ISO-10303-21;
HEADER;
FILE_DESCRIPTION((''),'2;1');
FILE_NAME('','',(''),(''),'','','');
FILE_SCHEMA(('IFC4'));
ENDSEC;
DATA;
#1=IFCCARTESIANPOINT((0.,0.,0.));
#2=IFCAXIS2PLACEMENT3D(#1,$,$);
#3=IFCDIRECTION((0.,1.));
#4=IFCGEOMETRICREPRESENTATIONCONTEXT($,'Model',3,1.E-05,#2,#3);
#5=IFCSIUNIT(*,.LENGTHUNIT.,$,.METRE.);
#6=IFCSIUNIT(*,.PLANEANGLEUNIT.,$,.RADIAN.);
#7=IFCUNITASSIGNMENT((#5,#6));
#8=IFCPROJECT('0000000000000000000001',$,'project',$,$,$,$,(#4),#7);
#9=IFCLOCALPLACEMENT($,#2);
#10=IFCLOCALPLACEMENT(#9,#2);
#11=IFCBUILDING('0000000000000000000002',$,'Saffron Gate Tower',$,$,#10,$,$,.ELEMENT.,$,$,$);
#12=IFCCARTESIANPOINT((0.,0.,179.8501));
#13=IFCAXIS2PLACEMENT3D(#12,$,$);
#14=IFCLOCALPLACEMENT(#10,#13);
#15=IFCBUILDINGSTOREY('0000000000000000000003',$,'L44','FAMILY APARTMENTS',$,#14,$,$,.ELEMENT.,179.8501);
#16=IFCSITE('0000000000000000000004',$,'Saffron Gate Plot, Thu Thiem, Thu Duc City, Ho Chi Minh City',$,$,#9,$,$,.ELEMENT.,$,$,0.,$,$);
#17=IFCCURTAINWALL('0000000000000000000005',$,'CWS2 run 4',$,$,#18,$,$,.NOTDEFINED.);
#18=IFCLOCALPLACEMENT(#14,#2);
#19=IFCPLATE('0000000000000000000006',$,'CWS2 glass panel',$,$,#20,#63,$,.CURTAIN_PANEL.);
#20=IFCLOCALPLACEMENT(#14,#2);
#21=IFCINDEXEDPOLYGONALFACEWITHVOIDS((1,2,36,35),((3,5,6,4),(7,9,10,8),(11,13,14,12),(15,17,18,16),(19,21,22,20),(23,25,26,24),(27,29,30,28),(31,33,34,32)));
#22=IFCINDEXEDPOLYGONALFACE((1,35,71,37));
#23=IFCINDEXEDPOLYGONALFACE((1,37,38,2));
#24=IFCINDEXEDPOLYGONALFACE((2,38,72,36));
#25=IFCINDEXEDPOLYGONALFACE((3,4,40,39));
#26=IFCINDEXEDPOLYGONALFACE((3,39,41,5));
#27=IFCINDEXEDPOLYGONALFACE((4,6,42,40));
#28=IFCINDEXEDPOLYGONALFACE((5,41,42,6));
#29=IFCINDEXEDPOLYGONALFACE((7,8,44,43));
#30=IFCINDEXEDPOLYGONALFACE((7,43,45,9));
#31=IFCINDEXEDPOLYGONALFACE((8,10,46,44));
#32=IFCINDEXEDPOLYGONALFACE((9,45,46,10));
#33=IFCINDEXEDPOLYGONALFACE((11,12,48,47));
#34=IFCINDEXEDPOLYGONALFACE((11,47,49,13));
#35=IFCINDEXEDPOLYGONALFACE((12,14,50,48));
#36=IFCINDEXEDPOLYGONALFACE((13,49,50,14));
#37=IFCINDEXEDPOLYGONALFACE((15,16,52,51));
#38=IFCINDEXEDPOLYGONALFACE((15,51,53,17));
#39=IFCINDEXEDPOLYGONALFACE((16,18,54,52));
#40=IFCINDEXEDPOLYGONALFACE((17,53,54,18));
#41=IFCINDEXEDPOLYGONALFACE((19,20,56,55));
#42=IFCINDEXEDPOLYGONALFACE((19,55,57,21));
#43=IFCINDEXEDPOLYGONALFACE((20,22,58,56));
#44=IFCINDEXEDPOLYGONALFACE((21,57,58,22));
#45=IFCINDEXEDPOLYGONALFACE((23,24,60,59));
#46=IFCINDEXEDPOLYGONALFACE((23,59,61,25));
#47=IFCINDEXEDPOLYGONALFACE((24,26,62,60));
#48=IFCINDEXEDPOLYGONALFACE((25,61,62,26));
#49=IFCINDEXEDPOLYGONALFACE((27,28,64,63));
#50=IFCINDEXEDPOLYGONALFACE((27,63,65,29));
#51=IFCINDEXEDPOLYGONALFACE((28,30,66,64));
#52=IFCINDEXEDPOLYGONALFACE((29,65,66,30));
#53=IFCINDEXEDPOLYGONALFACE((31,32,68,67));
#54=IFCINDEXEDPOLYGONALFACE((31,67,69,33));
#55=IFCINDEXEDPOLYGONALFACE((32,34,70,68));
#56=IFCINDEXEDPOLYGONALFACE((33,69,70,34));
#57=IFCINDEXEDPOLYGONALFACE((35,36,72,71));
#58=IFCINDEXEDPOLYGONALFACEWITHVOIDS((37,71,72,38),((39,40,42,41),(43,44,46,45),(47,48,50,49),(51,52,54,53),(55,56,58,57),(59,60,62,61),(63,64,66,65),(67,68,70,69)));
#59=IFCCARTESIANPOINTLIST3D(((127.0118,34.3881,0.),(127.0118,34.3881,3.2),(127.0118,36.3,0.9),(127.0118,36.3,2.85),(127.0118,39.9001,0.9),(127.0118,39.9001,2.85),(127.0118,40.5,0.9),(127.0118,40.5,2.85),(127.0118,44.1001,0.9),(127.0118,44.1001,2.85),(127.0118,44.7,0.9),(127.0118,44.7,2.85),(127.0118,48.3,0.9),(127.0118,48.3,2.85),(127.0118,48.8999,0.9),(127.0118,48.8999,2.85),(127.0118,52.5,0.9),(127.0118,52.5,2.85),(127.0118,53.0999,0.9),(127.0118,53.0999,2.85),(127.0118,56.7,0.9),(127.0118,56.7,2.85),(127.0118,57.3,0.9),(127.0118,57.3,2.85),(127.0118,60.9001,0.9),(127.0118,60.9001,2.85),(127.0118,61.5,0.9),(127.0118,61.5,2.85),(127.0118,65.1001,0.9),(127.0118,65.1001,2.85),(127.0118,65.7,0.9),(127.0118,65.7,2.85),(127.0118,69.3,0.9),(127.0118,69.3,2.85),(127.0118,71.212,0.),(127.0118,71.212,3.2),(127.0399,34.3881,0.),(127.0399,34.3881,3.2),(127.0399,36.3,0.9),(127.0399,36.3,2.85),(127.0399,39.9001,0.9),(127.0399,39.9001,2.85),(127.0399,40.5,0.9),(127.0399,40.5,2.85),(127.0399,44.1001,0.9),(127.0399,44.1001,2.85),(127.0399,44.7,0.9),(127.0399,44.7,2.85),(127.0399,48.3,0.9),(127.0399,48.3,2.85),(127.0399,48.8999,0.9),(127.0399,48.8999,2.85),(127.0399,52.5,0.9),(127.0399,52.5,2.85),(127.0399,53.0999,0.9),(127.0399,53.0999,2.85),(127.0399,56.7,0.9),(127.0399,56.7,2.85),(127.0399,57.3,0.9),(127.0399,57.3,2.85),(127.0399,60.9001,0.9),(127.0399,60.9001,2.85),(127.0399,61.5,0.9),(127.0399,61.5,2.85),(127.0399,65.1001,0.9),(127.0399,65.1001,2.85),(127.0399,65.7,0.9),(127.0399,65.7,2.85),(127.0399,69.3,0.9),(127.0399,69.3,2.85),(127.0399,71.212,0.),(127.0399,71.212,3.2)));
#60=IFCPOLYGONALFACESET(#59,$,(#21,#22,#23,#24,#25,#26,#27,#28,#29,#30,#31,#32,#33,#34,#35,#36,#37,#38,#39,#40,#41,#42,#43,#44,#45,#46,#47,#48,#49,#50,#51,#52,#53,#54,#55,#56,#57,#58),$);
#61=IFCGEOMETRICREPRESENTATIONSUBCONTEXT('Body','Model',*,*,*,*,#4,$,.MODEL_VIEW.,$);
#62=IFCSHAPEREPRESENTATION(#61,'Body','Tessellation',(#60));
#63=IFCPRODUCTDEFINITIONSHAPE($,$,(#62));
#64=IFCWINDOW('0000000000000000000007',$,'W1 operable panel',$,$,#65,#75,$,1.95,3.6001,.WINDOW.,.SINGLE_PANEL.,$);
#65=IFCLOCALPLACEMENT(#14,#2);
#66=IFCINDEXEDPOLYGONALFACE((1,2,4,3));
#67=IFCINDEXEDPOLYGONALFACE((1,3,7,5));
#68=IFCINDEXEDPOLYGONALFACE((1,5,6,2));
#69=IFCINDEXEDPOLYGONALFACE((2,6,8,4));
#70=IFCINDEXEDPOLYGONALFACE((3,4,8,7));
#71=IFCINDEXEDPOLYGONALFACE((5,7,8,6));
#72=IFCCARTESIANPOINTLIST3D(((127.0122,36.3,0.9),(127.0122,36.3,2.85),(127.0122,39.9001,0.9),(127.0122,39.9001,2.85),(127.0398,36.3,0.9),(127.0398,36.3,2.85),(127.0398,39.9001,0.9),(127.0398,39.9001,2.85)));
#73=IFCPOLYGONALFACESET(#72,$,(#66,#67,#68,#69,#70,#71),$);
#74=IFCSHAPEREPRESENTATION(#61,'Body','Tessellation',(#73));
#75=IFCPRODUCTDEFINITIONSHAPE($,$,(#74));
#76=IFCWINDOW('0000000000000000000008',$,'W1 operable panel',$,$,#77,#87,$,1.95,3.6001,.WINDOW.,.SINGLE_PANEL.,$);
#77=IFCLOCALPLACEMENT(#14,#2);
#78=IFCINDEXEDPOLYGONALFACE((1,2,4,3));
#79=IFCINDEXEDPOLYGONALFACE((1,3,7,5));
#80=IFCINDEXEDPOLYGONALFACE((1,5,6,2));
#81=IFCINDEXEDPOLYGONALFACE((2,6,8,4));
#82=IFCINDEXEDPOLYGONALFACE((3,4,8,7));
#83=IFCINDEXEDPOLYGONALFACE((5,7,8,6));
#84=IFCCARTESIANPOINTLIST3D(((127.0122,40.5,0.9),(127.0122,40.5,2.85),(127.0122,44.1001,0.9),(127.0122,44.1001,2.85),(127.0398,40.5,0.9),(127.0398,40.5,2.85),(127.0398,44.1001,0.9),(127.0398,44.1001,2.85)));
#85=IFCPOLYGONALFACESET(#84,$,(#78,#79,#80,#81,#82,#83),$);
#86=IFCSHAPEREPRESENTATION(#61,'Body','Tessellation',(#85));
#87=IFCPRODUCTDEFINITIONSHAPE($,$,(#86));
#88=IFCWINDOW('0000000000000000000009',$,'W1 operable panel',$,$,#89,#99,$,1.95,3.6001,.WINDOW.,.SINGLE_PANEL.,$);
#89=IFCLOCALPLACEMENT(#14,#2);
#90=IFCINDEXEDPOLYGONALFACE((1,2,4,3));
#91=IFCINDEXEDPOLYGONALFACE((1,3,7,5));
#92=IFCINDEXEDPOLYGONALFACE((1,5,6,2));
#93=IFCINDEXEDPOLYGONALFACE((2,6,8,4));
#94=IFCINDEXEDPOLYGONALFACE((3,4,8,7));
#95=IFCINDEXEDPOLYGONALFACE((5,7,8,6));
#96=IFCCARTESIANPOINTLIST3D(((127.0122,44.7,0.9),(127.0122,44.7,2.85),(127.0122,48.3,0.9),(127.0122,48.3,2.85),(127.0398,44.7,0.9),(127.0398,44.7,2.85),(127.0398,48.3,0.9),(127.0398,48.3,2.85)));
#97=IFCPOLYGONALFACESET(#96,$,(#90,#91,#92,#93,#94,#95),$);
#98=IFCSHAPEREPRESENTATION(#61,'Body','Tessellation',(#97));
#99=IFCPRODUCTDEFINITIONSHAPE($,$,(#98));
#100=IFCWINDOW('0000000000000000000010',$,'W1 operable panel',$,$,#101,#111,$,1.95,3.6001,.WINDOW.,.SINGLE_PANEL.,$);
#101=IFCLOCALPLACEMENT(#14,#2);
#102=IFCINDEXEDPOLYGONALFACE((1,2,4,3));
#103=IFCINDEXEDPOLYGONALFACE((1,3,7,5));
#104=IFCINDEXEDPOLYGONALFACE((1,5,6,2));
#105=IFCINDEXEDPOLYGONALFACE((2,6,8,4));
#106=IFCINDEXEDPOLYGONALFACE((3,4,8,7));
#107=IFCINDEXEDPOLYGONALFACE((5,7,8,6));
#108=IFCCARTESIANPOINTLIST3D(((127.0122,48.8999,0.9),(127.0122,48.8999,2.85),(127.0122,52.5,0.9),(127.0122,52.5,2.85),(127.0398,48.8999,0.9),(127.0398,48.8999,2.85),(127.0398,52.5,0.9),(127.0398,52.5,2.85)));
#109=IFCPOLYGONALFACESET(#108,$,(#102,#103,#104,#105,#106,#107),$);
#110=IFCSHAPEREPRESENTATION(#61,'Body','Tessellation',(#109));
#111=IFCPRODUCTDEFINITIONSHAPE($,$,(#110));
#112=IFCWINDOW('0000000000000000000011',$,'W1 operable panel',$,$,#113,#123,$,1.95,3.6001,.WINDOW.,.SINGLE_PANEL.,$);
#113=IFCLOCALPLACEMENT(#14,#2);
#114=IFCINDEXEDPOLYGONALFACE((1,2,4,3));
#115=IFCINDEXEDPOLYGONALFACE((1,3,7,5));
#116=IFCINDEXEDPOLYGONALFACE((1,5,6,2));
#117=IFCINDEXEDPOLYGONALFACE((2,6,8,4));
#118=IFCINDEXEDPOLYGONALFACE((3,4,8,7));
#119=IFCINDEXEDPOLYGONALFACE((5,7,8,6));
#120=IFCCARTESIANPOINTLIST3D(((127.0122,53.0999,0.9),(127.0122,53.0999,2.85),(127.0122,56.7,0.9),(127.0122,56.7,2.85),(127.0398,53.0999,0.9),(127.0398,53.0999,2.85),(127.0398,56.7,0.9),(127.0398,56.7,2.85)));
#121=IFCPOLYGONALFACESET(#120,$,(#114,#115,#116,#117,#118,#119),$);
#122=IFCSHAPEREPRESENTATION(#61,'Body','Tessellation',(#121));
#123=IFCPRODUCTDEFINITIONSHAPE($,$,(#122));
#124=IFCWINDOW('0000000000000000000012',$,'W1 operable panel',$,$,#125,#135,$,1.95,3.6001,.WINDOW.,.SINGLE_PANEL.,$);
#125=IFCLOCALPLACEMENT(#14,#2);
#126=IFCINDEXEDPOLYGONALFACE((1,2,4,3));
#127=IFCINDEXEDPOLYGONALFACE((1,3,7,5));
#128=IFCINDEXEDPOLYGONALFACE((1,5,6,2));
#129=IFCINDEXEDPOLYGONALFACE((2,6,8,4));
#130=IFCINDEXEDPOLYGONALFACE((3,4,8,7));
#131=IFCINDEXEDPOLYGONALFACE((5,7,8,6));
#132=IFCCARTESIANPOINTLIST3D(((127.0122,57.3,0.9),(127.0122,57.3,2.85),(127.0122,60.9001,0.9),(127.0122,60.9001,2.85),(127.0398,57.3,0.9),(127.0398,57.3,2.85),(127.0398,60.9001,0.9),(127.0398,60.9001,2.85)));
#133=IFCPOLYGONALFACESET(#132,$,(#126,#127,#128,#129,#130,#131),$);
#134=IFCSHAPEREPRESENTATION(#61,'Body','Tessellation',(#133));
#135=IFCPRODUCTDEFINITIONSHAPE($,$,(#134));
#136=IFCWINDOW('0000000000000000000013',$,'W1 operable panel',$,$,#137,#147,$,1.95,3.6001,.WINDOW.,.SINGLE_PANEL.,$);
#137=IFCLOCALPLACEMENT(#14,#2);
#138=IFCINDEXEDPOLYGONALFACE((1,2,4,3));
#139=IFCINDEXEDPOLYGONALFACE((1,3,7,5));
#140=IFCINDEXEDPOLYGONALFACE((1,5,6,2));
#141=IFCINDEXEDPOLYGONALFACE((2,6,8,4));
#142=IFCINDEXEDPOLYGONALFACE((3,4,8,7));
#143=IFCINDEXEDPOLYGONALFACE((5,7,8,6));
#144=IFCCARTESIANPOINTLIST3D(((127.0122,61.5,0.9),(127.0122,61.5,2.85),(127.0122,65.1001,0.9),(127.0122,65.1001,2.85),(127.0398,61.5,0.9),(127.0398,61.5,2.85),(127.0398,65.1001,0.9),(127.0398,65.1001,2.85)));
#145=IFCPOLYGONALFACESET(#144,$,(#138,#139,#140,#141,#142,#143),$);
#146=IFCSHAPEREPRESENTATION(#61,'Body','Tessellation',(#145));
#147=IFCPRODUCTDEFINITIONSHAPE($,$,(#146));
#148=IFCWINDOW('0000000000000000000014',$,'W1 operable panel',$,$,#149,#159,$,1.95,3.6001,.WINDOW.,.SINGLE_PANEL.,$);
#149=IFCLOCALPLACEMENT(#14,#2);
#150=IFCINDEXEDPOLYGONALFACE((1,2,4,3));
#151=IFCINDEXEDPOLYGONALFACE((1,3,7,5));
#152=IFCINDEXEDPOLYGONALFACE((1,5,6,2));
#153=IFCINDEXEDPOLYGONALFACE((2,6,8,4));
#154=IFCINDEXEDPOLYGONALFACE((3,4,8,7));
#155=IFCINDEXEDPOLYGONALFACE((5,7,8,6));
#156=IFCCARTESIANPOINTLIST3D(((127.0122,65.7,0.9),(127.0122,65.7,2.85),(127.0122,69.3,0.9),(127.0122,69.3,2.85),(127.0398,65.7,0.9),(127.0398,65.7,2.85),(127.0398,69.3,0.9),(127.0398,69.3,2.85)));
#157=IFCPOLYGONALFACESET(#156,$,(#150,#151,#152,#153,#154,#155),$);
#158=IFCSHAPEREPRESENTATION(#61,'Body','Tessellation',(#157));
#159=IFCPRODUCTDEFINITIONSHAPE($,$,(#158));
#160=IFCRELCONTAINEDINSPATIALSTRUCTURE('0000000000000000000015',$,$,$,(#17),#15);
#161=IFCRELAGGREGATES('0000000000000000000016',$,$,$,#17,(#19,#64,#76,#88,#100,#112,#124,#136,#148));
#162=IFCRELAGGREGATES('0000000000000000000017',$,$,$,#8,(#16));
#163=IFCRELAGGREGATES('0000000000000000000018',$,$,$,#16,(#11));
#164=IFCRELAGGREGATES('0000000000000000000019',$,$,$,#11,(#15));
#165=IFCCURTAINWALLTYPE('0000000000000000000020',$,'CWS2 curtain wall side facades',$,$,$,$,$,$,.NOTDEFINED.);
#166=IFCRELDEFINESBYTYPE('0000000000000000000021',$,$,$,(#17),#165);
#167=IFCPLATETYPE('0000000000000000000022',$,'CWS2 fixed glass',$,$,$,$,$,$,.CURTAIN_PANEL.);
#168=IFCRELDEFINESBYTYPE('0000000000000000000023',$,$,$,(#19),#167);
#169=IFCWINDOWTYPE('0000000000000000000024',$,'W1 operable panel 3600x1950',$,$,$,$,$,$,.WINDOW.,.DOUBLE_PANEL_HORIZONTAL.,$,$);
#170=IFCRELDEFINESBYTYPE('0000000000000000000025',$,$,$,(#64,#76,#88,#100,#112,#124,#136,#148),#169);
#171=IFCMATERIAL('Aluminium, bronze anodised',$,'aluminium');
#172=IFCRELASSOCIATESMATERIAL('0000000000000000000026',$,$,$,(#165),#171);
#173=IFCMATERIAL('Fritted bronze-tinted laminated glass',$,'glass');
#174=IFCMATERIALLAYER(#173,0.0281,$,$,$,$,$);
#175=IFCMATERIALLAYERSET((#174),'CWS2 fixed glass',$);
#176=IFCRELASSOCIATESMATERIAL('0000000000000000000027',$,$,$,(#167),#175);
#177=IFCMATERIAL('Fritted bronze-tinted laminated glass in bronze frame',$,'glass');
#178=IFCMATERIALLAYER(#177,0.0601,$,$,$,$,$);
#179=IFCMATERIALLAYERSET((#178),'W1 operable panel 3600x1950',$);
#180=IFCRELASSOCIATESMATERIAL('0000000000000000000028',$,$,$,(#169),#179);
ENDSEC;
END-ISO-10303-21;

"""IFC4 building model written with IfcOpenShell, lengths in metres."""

from ifc_helpers import new_model, si_unit, direction, frame, frame_2d, origin, place, context, subcontext, project, spatial, rectangle, extrude, material, layer, layer_set, type_object, element, fill, aggregate, save


model = new_model("IFC4")

# Units and contexts
model_context = context("Model", 3, precision=1e-05, world=origin(), true_north=direction((0.0, 1.0)))
body_context = subcontext(model_context, "Body", "Model", "MODEL_VIEW")
ifc_project = project(units=[si_unit("LENGTHUNIT", "METRE"), si_unit("PLANEANGLEUNIT", "RADIAN")], contexts=[model_context])

# Site, building, storey
site_placement = place(None, origin())
site = spatial("IfcSite", under=ifc_project, at=site_placement, Name="Saffron Gate Plot, Thu Thiem, Thu Duc City, Ho Chi Minh City", CompositionType="ELEMENT", RefElevation=0.0)
building_placement = place(site_placement, origin())
building = spatial("IfcBuilding", under=site, at=building_placement, Name="Saffron Gate Tower", CompositionType="ELEMENT")
storey_placement = place(building_placement, frame((0.0, 0.0, 179.8501)))
storey = spatial("IfcBuildingStorey", under=building, at=storey_placement, Name="L44", Description="FAMILY APARTMENTS", CompositionType="ELEMENT", Elevation=179.8501)

# Curtain wall
ifc_material_1 = material(Name="Aluminium, bronze anodised", Category="aluminium")
curtain_wall_type_1 = type_object("IfcCurtainWallType", Name="CWS2 curtain wall side facades", PredefinedType="NOTDEFINED", material=ifc_material_1)
curtain_wall_1_placement = place(storey_placement, origin())
curtain_wall_1 = element("IfcCurtainWall", 1, at=curtain_wall_1_placement, inside=storey, type_object=curtain_wall_type_1, Name="CWS2 run 4", PredefinedType="NOTDEFINED")

# Plate, openings, windows
ifc_material_2 = material(Name="Fritted bronze-tinted laminated glass", Category="glass")
ifc_layer_1 = layer(ifc_material_2, 0.0281)
ifc_layer_set_1 = layer_set([ifc_layer_1], Name="CWS2 fixed glass")
plate_type = type_object("IfcPlateType", Name="CWS2 fixed glass", PredefinedType="CURTAIN_PANEL", material=ifc_layer_set_1)
plate_placement = place(storey_placement, frame((127.0259, 34.3879, 0.0), z_axis=(0.0, 0.0, 1.0), x_axis=(0.0, 1.0, 0.0)))
plate = element("IfcPlate", 2, at=plate_placement, type_object=plate_type, Name="CWS2 glass panel", PredefinedType="CURTAIN_PANEL", context=body_context, shape_type="SweptSolid", body=[
    extrude(rectangle(XDim=36.824, YDim=0.0281, at=frame_2d((18.4121, 0.0))), origin(), (0.0, 0.0, 1.0), 3.2),
])
opening_1_placement = place(plate_placement, frame((1.9121, 0.0, 0.8999)))
opening_1 = element("IfcOpeningElement", 3, at=opening_1_placement, cuts=plate, PredefinedType="OPENING", context=body_context, shape_type="SweptSolid", body=[
    extrude(rectangle(XDim=3.6001, YDim=1.95, at=frame_2d((1.8, 0.9751))), frame((0.0, 0.0239, 0.0), z_axis=(0.0, -1.0, 0.0), x_axis=(1.0, 0.0, 0.0)), (0.0, 0.0, 1.0), 0.0481),
])
opening_2_placement = place(plate_placement, frame((6.1121, 0.0, 0.8999)))
opening_2 = element("IfcOpeningElement", 4, at=opening_2_placement, cuts=plate, PredefinedType="OPENING", context=body_context, shape_type="SweptSolid", body=[
    extrude(rectangle(XDim=3.6001, YDim=1.95, at=frame_2d((1.8, 0.9751))), frame((0.0, 0.0239, 0.0), z_axis=(0.0, -1.0, 0.0), x_axis=(1.0, 0.0, 0.0)), (0.0, 0.0, 1.0), 0.0481),
])
opening_3_placement = place(plate_placement, frame((10.312, 0.0, 0.8999)))
opening_3 = element("IfcOpeningElement", 5, at=opening_3_placement, cuts=plate, PredefinedType="OPENING", context=body_context, shape_type="SweptSolid", body=[
    extrude(rectangle(XDim=3.6001, YDim=1.95, at=frame_2d((1.8, 0.9751))), frame((0.0, 0.0239, 0.0), z_axis=(0.0, -1.0, 0.0), x_axis=(1.0, 0.0, 0.0)), (0.0, 0.0, 1.0), 0.0481),
])
opening_4_placement = place(plate_placement, frame((14.512, 0.0, 0.8999)))
opening_4 = element("IfcOpeningElement", 6, at=opening_4_placement, cuts=plate, PredefinedType="OPENING", context=body_context, shape_type="SweptSolid", body=[
    extrude(rectangle(XDim=3.6001, YDim=1.95, at=frame_2d((1.8, 0.9751))), frame((0.0, 0.0239, 0.0), z_axis=(0.0, -1.0, 0.0), x_axis=(1.0, 0.0, 0.0)), (0.0, 0.0, 1.0), 0.0481),
])
opening_5_placement = place(plate_placement, frame((18.7119, 0.0, 0.8999)))
opening_5 = element("IfcOpeningElement", 7, at=opening_5_placement, cuts=plate, PredefinedType="OPENING", context=body_context, shape_type="SweptSolid", body=[
    extrude(rectangle(XDim=3.6001, YDim=1.95, at=frame_2d((1.8, 0.9751))), frame((0.0, 0.0239, 0.0), z_axis=(0.0, -1.0, 0.0), x_axis=(1.0, 0.0, 0.0)), (0.0, 0.0, 1.0), 0.0481),
])
opening_6_placement = place(plate_placement, frame((22.9121, 0.0, 0.8999)))
opening_6 = element("IfcOpeningElement", 8, at=opening_6_placement, cuts=plate, PredefinedType="OPENING", context=body_context, shape_type="SweptSolid", body=[
    extrude(rectangle(XDim=3.6001, YDim=1.95, at=frame_2d((1.8, 0.9751))), frame((0.0, 0.0239, 0.0), z_axis=(0.0, -1.0, 0.0), x_axis=(1.0, 0.0, 0.0)), (0.0, 0.0, 1.0), 0.0481),
])
opening_7_placement = place(plate_placement, frame((27.1121, 0.0, 0.8999)))
opening_7 = element("IfcOpeningElement", 9, at=opening_7_placement, cuts=plate, PredefinedType="OPENING", context=body_context, shape_type="SweptSolid", body=[
    extrude(rectangle(XDim=3.6001, YDim=1.95, at=frame_2d((1.8, 0.9751))), frame((0.0, 0.0239, 0.0), z_axis=(0.0, -1.0, 0.0), x_axis=(1.0, 0.0, 0.0)), (0.0, 0.0, 1.0), 0.0481),
])
opening_8_placement = place(plate_placement, frame((31.312, 0.0, 0.8999)))
opening_8 = element("IfcOpeningElement", 10, at=opening_8_placement, cuts=plate, PredefinedType="OPENING", context=body_context, shape_type="SweptSolid", body=[
    extrude(rectangle(XDim=3.6001, YDim=1.95, at=frame_2d((1.8, 0.9751))), frame((0.0, 0.0239, 0.0), z_axis=(0.0, -1.0, 0.0), x_axis=(1.0, 0.0, 0.0)), (0.0, 0.0, 1.0), 0.0481),
])
ifc_material_3 = material(Name="Fritted bronze-tinted laminated glass in bronze frame", Category="glass")
ifc_layer_2 = layer(ifc_material_3, 0.0601)
ifc_layer_set_2 = layer_set([ifc_layer_2], Name="W1 operable panel 3600x1950")
window_type = type_object("IfcWindowType", Name="W1 operable panel 3600x1950", PartitioningType="DOUBLE_PANEL_HORIZONTAL", PredefinedType="WINDOW", material=ifc_layer_set_2)
window_1_placement = place(opening_1_placement, origin())
window_1 = element("IfcWindow", 11, at=window_1_placement, type_object=window_type, Name="W1 operable panel", OverallHeight=1.95, OverallWidth=3.6001, PartitioningType="SINGLE_PANEL", PredefinedType="WINDOW", context=body_context, shape_type="SweptSolid", body=[
    extrude(rectangle(XDim=3.6001, YDim=1.95, at=frame_2d((1.8, 0.9751))), frame((0.0, 0.0137, 0.0), z_axis=(0.0, -1.0, 0.0), x_axis=(1.0, 0.0, 0.0)), (0.0, 0.0, 1.0), 0.0276),
])
fill(opening_1, window_1)
window_2_placement = place(opening_2_placement, origin())
window_2 = element("IfcWindow", 12, at=window_2_placement, type_object=window_type, Name="W1 operable panel", OverallHeight=1.95, OverallWidth=3.6001, PartitioningType="SINGLE_PANEL", PredefinedType="WINDOW", context=body_context, shape_type="SweptSolid", body=[
    extrude(rectangle(XDim=3.6001, YDim=1.95, at=frame_2d((1.8, 0.9751))), frame((0.0, 0.0137, 0.0), z_axis=(0.0, -1.0, 0.0), x_axis=(1.0, 0.0, 0.0)), (0.0, 0.0, 1.0), 0.0276),
])
fill(opening_2, window_2)
window_3_placement = place(opening_3_placement, origin())
window_3 = element("IfcWindow", 13, at=window_3_placement, type_object=window_type, Name="W1 operable panel", OverallHeight=1.95, OverallWidth=3.6001, PartitioningType="SINGLE_PANEL", PredefinedType="WINDOW", context=body_context, shape_type="SweptSolid", body=[
    extrude(rectangle(XDim=3.6001, YDim=1.95, at=frame_2d((1.8, 0.9751))), frame((0.0, 0.0137, 0.0), z_axis=(0.0, -1.0, 0.0), x_axis=(1.0, 0.0, 0.0)), (0.0, 0.0, 1.0), 0.0276),
])
fill(opening_3, window_3)
window_4_placement = place(opening_4_placement, origin())
window_4 = element("IfcWindow", 14, at=window_4_placement, type_object=window_type, Name="W1 operable panel", OverallHeight=1.95, OverallWidth=3.6001, PartitioningType="SINGLE_PANEL", PredefinedType="WINDOW", context=body_context, shape_type="SweptSolid", body=[
    extrude(rectangle(XDim=3.6001, YDim=1.95, at=frame_2d((1.8, 0.9751))), frame((0.0, 0.0137, 0.0), z_axis=(0.0, -1.0, 0.0), x_axis=(1.0, 0.0, 0.0)), (0.0, 0.0, 1.0), 0.0276),
])
fill(opening_4, window_4)
window_5_placement = place(opening_5_placement, origin())
window_5 = element("IfcWindow", 15, at=window_5_placement, type_object=window_type, Name="W1 operable panel", OverallHeight=1.95, OverallWidth=3.6001, PartitioningType="SINGLE_PANEL", PredefinedType="WINDOW", context=body_context, shape_type="SweptSolid", body=[
    extrude(rectangle(XDim=3.6001, YDim=1.95, at=frame_2d((1.8, 0.9751))), frame((0.0, 0.0137, 0.0), z_axis=(0.0, -1.0, 0.0), x_axis=(1.0, 0.0, 0.0)), (0.0, 0.0, 1.0), 0.0276),
])
fill(opening_5, window_5)
window_6_placement = place(opening_6_placement, origin())
window_6 = element("IfcWindow", 16, at=window_6_placement, type_object=window_type, Name="W1 operable panel", OverallHeight=1.95, OverallWidth=3.6001, PartitioningType="SINGLE_PANEL", PredefinedType="WINDOW", context=body_context, shape_type="SweptSolid", body=[
    extrude(rectangle(XDim=3.6001, YDim=1.95, at=frame_2d((1.8, 0.9751))), frame((0.0, 0.0137, 0.0), z_axis=(0.0, -1.0, 0.0), x_axis=(1.0, 0.0, 0.0)), (0.0, 0.0, 1.0), 0.0276),
])
fill(opening_6, window_6)
window_7_placement = place(opening_7_placement, origin())
window_7 = element("IfcWindow", 17, at=window_7_placement, type_object=window_type, Name="W1 operable panel", OverallHeight=1.95, OverallWidth=3.6001, PartitioningType="SINGLE_PANEL", PredefinedType="WINDOW", context=body_context, shape_type="SweptSolid", body=[
    extrude(rectangle(XDim=3.6001, YDim=1.95, at=frame_2d((1.8, 0.9751))), frame((0.0, 0.0137, 0.0), z_axis=(0.0, -1.0, 0.0), x_axis=(1.0, 0.0, 0.0)), (0.0, 0.0, 1.0), 0.0276),
])
fill(opening_7, window_7)
window_8_placement = place(opening_8_placement, origin())
window_8 = element("IfcWindow", 18, at=window_8_placement, type_object=window_type, Name="W1 operable panel", OverallHeight=1.95, OverallWidth=3.6001, PartitioningType="SINGLE_PANEL", PredefinedType="WINDOW", context=body_context, shape_type="SweptSolid", body=[
    extrude(rectangle(XDim=3.6001, YDim=1.95, at=frame_2d((1.8, 0.9751))), frame((0.0, 0.0137, 0.0), z_axis=(0.0, -1.0, 0.0), x_axis=(1.0, 0.0, 0.0)), (0.0, 0.0, 1.0), 0.0276),
])
fill(opening_8, window_8)
aggregate(curtain_wall_1, [plate, window_1, window_2, window_3, window_4, window_5, window_6, window_7, window_8])

save(model, "model.ifc")
